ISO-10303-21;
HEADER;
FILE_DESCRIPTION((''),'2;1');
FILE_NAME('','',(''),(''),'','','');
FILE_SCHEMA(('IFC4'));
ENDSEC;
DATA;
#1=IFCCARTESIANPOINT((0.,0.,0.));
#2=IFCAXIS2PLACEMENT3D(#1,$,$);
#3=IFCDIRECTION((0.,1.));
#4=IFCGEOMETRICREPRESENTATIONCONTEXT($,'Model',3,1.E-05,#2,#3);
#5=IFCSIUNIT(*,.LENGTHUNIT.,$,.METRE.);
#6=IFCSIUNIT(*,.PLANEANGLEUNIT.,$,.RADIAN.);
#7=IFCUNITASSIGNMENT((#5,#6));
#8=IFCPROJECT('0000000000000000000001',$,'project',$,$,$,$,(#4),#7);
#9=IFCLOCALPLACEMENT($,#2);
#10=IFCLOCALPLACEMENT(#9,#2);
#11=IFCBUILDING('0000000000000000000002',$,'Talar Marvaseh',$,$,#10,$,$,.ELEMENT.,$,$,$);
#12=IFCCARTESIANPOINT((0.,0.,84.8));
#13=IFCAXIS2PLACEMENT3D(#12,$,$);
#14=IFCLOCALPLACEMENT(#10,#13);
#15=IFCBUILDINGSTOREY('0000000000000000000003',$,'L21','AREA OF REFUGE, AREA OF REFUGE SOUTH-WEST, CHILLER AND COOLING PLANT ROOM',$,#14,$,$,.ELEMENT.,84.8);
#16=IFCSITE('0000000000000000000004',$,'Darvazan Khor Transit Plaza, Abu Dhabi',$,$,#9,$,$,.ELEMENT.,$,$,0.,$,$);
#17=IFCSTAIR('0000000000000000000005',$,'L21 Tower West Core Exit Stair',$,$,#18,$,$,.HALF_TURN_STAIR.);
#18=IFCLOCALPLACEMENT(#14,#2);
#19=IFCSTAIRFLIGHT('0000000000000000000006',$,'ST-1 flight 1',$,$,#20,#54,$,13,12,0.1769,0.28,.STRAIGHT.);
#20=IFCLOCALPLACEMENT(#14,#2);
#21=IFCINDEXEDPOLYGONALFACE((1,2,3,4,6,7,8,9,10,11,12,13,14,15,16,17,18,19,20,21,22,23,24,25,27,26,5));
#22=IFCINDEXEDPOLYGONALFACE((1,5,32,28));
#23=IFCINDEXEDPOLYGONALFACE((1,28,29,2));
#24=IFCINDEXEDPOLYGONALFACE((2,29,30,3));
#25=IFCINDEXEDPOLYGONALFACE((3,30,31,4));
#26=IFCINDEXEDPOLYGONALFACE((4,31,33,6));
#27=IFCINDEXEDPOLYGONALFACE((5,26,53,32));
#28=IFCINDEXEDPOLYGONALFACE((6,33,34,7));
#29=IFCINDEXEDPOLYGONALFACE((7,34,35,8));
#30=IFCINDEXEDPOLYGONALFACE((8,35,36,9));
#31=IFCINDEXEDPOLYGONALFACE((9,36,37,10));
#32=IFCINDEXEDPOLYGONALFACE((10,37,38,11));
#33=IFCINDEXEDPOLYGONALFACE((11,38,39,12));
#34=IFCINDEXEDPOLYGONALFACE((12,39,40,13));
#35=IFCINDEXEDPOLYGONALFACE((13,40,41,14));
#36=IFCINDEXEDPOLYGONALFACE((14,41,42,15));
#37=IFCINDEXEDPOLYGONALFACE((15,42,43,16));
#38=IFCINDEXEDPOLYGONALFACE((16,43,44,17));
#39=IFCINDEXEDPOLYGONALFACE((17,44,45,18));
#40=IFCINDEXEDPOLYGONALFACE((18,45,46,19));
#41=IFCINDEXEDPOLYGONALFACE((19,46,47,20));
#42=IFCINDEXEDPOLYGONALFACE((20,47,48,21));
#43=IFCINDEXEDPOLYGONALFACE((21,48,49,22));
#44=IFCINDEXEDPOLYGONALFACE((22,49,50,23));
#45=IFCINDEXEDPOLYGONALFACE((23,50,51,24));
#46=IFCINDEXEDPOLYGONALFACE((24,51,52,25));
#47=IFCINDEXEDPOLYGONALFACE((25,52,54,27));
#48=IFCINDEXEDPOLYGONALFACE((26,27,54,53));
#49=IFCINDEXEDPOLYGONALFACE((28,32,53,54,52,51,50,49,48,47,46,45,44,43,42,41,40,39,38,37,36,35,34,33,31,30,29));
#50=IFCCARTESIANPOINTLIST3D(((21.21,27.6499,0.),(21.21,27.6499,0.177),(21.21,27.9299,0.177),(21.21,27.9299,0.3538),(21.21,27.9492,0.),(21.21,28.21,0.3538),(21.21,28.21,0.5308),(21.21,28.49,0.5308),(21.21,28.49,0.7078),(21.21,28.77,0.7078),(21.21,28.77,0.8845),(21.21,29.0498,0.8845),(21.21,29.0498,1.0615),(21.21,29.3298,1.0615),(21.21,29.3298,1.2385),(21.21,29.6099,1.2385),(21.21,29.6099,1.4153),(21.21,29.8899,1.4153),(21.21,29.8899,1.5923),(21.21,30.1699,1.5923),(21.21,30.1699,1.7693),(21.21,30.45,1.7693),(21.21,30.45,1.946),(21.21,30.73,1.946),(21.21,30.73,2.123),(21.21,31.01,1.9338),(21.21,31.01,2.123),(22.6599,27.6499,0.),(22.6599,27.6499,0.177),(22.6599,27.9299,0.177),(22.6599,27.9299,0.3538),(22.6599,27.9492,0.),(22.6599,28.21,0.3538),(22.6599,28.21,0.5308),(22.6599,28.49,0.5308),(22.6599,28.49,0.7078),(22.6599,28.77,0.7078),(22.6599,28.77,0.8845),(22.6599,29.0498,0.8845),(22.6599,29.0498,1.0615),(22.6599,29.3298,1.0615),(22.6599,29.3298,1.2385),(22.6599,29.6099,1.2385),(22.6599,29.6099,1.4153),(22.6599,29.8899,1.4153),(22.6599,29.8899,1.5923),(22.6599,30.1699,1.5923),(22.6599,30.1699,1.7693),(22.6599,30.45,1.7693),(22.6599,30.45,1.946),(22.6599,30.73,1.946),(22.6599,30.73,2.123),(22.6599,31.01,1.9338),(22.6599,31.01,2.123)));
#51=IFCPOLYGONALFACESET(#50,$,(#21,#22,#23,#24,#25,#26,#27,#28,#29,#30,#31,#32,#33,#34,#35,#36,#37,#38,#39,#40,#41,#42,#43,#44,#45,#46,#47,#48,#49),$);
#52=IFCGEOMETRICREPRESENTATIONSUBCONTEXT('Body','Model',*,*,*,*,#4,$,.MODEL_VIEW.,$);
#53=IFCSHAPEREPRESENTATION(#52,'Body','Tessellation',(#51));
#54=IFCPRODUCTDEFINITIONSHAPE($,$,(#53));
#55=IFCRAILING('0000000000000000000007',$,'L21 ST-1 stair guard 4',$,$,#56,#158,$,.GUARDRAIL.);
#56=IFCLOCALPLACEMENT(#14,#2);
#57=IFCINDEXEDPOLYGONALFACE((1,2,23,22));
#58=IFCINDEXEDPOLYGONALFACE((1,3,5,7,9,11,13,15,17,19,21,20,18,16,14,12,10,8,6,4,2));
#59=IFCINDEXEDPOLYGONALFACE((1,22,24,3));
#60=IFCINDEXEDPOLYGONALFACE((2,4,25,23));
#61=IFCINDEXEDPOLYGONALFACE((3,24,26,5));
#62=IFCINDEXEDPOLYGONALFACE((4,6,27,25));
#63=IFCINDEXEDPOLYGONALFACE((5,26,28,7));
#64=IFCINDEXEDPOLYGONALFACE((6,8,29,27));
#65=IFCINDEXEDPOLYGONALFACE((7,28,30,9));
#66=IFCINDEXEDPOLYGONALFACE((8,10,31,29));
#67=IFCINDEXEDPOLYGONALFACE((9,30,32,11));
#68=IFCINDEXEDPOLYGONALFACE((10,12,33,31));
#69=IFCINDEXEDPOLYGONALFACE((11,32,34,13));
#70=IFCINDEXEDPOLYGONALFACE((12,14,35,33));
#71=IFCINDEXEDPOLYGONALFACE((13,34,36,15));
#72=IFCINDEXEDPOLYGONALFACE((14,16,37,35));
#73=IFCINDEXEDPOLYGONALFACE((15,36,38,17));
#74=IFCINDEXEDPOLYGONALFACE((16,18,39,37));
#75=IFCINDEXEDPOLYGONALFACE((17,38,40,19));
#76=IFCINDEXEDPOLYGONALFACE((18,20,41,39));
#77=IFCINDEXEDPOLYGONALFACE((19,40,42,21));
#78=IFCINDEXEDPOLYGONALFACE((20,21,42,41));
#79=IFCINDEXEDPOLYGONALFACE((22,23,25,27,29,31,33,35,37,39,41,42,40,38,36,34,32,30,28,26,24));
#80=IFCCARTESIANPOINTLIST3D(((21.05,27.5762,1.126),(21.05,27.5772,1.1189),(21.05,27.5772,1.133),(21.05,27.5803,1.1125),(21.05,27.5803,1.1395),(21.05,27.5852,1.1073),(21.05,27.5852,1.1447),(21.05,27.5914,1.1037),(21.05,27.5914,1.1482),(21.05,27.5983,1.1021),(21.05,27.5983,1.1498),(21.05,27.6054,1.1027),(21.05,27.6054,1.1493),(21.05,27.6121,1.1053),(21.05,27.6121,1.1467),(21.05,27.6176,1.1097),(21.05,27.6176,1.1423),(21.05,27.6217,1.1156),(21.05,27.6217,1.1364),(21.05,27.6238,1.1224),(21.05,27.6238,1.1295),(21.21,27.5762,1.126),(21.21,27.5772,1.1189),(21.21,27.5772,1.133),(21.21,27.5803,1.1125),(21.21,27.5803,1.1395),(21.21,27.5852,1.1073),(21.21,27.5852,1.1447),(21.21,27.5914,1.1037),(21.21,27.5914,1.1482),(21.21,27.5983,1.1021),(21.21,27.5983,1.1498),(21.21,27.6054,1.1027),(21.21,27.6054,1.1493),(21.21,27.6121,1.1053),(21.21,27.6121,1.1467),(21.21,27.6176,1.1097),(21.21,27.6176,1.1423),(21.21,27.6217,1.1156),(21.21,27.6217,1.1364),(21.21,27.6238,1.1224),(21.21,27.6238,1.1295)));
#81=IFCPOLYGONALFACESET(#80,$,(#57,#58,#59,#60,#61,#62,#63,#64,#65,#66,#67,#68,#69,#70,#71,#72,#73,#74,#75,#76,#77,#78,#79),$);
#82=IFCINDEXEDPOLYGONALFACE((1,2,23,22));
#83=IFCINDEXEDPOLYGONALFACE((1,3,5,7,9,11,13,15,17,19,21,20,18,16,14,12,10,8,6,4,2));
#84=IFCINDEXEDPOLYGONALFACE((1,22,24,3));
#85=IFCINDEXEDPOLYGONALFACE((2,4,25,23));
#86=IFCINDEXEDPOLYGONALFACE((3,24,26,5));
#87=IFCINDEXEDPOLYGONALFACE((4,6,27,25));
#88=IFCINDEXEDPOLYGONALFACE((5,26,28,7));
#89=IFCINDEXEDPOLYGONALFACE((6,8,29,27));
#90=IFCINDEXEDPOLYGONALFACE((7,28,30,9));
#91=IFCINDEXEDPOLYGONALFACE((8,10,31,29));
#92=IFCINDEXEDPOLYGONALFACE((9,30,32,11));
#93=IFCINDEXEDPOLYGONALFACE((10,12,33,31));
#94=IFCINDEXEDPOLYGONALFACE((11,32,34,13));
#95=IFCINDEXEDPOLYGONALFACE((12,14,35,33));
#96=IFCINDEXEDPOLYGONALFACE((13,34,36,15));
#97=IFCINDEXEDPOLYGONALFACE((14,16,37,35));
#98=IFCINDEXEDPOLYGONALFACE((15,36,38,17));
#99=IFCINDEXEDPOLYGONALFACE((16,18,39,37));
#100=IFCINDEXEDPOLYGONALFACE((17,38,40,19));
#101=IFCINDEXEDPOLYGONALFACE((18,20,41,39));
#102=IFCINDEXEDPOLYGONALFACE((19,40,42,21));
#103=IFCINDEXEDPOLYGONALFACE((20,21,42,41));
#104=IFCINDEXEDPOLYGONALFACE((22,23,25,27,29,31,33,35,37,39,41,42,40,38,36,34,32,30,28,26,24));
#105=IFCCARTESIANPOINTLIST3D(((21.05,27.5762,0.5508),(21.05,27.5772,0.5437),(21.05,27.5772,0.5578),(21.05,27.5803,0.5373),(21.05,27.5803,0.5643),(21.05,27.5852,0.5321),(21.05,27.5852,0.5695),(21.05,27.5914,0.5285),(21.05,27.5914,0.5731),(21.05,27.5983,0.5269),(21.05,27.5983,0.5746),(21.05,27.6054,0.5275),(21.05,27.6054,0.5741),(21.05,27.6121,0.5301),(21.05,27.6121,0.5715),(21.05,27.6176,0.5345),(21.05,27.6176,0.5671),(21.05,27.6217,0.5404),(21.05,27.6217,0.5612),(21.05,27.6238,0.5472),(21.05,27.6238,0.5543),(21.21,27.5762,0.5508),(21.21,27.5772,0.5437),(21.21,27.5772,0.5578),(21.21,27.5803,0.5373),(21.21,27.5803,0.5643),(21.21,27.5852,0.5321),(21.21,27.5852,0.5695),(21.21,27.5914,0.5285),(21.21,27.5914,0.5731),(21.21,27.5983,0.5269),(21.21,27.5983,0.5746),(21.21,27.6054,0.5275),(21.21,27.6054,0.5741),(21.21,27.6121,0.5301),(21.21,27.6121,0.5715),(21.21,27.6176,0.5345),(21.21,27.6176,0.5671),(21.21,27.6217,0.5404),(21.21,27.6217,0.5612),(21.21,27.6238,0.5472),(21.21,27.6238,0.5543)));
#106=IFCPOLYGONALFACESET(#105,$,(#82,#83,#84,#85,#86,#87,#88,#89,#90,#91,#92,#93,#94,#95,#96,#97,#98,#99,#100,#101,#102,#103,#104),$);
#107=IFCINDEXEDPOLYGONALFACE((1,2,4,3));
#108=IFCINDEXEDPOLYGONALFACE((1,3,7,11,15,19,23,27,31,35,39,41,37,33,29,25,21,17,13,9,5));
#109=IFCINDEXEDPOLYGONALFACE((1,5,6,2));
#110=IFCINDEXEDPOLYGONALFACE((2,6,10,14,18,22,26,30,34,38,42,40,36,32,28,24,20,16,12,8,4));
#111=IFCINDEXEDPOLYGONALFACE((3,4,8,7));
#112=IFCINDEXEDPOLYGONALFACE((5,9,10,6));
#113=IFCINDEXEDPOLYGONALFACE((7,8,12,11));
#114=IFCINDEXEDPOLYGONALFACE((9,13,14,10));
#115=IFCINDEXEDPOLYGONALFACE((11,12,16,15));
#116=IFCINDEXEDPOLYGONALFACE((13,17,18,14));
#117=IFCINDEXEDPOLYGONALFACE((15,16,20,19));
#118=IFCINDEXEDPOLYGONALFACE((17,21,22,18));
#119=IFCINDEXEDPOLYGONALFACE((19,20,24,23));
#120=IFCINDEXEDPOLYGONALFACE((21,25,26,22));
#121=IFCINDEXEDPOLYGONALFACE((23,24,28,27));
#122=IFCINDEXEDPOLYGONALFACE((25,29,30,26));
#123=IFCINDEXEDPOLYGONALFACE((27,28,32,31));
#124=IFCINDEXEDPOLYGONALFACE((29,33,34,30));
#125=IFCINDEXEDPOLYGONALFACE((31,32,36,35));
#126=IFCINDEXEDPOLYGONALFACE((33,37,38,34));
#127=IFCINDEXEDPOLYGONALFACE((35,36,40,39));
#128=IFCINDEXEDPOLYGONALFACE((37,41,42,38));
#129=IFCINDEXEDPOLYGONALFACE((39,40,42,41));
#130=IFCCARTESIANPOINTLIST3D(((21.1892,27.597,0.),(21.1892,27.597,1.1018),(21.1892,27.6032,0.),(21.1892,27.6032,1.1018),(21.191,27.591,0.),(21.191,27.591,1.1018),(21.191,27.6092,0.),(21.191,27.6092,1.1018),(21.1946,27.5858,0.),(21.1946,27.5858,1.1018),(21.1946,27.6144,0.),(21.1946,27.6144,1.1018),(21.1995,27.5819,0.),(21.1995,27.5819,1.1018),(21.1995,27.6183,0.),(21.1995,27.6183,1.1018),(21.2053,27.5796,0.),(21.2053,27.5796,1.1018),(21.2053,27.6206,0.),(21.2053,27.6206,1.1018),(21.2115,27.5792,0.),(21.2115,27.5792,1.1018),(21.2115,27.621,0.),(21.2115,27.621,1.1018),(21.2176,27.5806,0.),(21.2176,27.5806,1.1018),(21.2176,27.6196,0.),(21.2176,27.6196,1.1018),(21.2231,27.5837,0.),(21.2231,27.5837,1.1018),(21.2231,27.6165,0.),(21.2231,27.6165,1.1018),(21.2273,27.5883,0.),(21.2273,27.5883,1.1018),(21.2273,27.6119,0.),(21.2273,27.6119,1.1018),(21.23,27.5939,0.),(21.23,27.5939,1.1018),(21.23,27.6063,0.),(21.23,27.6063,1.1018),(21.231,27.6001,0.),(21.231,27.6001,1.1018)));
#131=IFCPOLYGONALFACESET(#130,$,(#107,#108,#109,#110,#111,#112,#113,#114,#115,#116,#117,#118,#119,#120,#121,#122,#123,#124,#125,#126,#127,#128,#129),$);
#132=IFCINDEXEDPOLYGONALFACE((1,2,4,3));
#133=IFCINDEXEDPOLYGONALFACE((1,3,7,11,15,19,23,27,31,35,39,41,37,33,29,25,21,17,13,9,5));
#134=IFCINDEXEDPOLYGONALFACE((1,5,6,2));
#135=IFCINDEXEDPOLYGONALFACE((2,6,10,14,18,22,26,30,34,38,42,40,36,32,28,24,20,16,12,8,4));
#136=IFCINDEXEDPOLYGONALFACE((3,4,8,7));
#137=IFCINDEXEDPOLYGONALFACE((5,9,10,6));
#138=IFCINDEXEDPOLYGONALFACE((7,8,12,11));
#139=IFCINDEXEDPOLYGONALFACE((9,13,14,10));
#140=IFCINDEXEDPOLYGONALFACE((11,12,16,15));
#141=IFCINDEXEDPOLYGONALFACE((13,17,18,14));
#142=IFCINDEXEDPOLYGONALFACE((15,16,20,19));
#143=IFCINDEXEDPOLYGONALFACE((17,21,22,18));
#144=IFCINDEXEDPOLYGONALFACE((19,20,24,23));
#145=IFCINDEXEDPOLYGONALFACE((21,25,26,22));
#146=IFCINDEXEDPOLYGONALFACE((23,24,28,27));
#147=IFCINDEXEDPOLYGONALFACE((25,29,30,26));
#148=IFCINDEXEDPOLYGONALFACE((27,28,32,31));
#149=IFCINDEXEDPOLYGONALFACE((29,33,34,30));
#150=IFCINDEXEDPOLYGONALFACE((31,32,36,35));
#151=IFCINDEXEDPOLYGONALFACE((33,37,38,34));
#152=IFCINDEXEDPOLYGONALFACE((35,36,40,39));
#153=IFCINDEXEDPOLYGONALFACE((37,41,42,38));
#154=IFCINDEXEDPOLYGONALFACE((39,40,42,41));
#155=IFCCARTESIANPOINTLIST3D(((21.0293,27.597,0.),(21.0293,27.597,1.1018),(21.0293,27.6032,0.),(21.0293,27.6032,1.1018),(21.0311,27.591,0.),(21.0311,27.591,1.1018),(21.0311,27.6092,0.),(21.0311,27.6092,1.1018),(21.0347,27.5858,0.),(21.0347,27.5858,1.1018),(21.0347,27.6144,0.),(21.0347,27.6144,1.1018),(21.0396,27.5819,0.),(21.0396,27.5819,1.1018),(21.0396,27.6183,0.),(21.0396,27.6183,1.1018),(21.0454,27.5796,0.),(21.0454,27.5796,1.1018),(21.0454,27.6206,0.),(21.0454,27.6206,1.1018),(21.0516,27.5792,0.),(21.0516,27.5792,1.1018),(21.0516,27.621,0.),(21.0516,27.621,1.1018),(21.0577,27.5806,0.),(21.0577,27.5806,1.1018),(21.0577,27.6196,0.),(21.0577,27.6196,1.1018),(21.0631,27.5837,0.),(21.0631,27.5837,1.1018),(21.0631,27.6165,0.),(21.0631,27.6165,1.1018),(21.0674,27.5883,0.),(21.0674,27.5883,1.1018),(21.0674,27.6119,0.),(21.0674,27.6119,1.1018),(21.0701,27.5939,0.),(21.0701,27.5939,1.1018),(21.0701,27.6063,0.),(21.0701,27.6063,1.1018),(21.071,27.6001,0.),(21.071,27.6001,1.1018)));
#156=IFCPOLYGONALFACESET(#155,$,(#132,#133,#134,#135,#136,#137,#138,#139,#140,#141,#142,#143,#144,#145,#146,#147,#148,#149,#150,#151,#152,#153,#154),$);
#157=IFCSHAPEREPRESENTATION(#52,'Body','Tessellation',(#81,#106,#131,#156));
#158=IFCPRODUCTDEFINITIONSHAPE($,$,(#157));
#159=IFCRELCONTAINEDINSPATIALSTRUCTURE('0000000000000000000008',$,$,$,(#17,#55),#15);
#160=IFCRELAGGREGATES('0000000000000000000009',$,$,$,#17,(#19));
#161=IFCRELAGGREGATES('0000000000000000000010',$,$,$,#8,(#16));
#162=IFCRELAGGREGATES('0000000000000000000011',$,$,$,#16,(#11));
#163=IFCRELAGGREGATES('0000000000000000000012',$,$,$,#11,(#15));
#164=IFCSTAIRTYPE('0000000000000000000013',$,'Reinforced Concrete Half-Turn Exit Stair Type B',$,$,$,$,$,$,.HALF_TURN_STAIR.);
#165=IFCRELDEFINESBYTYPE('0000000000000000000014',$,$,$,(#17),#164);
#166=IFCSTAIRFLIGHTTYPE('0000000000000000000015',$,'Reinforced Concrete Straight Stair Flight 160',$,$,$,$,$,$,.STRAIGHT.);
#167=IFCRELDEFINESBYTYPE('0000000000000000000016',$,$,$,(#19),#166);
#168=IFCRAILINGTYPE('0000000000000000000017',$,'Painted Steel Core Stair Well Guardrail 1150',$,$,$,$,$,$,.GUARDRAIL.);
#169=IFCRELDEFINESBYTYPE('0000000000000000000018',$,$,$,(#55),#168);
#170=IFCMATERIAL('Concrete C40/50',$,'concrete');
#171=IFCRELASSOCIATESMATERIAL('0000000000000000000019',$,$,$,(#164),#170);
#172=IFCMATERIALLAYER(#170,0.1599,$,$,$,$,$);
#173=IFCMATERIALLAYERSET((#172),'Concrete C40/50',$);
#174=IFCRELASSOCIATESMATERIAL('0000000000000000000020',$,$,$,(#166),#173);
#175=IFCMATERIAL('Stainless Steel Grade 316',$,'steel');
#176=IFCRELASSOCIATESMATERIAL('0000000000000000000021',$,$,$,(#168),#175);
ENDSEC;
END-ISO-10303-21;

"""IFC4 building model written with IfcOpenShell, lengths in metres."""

from ifc_helpers import new_model, si_unit, direction, frame, origin, origin_2d, place, context, subcontext, project, spatial, polyline, circle, outline, extrude, material, layer, layer_set, type_object, element, aggregate, save


model = new_model("IFC4")

# Units and contexts
model_context = context("Model", 3, precision=1e-05, world=origin(), true_north=direction((0.0, 1.0)))
body_context = subcontext(model_context, "Body", "Model", "MODEL_VIEW")
ifc_project = project(units=[si_unit("LENGTHUNIT", "METRE"), si_unit("PLANEANGLEUNIT", "RADIAN")], contexts=[model_context])

# Site, building, storey
site_placement = place(None, origin())
site = spatial("IfcSite", under=ifc_project, at=site_placement, Name="Darvazan Khor Transit Plaza, Abu Dhabi", CompositionType="ELEMENT", RefElevation=0.0)
building_placement = place(site_placement, origin())
building = spatial("IfcBuilding", under=site, at=building_placement, Name="Talar Marvaseh", CompositionType="ELEMENT")
storey_placement = place(building_placement, frame((0.0, 0.0, 84.8)))
storey = spatial("IfcBuildingStorey", under=building, at=storey_placement, Name="L21", Description="AREA OF REFUGE, AREA OF REFUGE SOUTH-WEST, CHILLER AND COOLING PLANT ROOM", CompositionType="ELEMENT", Elevation=84.8)

# Shared definitions
ifc_material_1 = material(Name="Concrete C40/50", Category="concrete")

# Stair, stair flight
stair_type = type_object("IfcStairType", Name="Reinforced Concrete Half-Turn Exit Stair Type B", PredefinedType="HALF_TURN_STAIR", material=ifc_material_1)
stair_placement = place(storey_placement, origin())
stair = element("IfcStair", 1, at=stair_placement, inside=storey, type_object=stair_type, Name="L21 Tower West Core Exit Stair", PredefinedType="HALF_TURN_STAIR")
ifc_layer_1 = layer(ifc_material_1, 0.1599)
ifc_layer_set_1 = layer_set([ifc_layer_1], Name="Concrete C40/50")
stair_flight_type = type_object("IfcStairFlightType", Name="Reinforced Concrete Straight Stair Flight 160", PredefinedType="STRAIGHT", material=ifc_layer_set_1)
stair_flight_placement = place(storey_placement, frame((21.9351, 27.6499, 0.0), z_axis=(0.0, 0.0, 1.0), x_axis=(0.0, 1.0, 0.0)))
stair_flight = element("IfcStairFlight", 2, at=stair_flight_placement, type_object=stair_flight_type, Name="ST-1 flight 1", NumberOfRisers=13, NumberOfTreads=12, PredefinedType="STRAIGHT", RiserHeight=0.1769, TreadLength=0.28, context=body_context, shape_type="SweptSolid", body=[
    extrude(outline(polyline([(0.0, 0.0), (0.0, 0.177), (0.28, 0.177), (0.28, 0.3538), (0.5601, 0.3538), (0.5601, 0.5308), (0.8401, 0.5308), (0.8401, 0.7078), (1.1201, 0.7078), (1.1201, 0.8845), (1.3999, 0.8845), (1.3999, 1.0615), (1.6799, 1.0615), (1.6799, 1.2385), (1.96, 1.2385), (1.96, 1.4153), (2.24, 1.4153), (2.24, 1.5923), (2.52, 1.5923), (2.52, 1.7693), (2.8, 1.7693), (2.8, 1.946), (3.0801, 1.946), (3.0801, 2.123), (3.3601, 2.123), (3.3601, 2.3), (3.3601, 1.9338), (0.2993, 0.0), (0.0, 0.0)])), frame((0.0, 0.7251, 0.0), z_axis=(0.0, -1.0, 0.0), x_axis=(1.0, 0.0, 0.0)), (0.0, 0.0, 1.0), 1.45),
])
aggregate(stair, [stair_flight])

# Railing
ifc_material_2 = material(Name="Stainless Steel Grade 316", Category="steel")
railing_type_1 = type_object("IfcRailingType", Name="Painted Steel Core Stair Well Guardrail 1150", PredefinedType="GUARDRAIL", material=ifc_material_2)
railing_1_placement = place(storey_placement, frame((21.21, 27.6001, 0.0)))
element("IfcRailing", 3, at=railing_1_placement, inside=storey, type_object=railing_type_1, Name="L21 ST-1 stair guard 4", PredefinedType="GUARDRAIL", context=body_context, shape_type="SweptSolid", body=[
    extrude(circle(Radius=0.0239, at=origin_2d()), frame((0.0, 0.0, 1.126), z_axis=(-1.0, 0.0, 0.0), x_axis=(0.0, -1.0, 0.0)), (0.0, 0.0, 1.0), 0.1599),
    extrude(circle(Radius=0.0239, at=origin_2d()), frame((0.0, 0.0, 0.5508), z_axis=(-1.0, 0.0, 0.0), x_axis=(0.0, -1.0, 0.0)), (0.0, 0.0, 1.0), 0.1599),
    extrude(circle(Radius=0.021, at=origin_2d()), origin(), (0.0, 0.0, 1.0), 1.1018),
    extrude(circle(Radius=0.021, at=origin_2d()), frame((-0.1599, 0.0, 0.0)), (0.0, 0.0, 1.0), 1.1018),
])

save(model, "model.ifc")
